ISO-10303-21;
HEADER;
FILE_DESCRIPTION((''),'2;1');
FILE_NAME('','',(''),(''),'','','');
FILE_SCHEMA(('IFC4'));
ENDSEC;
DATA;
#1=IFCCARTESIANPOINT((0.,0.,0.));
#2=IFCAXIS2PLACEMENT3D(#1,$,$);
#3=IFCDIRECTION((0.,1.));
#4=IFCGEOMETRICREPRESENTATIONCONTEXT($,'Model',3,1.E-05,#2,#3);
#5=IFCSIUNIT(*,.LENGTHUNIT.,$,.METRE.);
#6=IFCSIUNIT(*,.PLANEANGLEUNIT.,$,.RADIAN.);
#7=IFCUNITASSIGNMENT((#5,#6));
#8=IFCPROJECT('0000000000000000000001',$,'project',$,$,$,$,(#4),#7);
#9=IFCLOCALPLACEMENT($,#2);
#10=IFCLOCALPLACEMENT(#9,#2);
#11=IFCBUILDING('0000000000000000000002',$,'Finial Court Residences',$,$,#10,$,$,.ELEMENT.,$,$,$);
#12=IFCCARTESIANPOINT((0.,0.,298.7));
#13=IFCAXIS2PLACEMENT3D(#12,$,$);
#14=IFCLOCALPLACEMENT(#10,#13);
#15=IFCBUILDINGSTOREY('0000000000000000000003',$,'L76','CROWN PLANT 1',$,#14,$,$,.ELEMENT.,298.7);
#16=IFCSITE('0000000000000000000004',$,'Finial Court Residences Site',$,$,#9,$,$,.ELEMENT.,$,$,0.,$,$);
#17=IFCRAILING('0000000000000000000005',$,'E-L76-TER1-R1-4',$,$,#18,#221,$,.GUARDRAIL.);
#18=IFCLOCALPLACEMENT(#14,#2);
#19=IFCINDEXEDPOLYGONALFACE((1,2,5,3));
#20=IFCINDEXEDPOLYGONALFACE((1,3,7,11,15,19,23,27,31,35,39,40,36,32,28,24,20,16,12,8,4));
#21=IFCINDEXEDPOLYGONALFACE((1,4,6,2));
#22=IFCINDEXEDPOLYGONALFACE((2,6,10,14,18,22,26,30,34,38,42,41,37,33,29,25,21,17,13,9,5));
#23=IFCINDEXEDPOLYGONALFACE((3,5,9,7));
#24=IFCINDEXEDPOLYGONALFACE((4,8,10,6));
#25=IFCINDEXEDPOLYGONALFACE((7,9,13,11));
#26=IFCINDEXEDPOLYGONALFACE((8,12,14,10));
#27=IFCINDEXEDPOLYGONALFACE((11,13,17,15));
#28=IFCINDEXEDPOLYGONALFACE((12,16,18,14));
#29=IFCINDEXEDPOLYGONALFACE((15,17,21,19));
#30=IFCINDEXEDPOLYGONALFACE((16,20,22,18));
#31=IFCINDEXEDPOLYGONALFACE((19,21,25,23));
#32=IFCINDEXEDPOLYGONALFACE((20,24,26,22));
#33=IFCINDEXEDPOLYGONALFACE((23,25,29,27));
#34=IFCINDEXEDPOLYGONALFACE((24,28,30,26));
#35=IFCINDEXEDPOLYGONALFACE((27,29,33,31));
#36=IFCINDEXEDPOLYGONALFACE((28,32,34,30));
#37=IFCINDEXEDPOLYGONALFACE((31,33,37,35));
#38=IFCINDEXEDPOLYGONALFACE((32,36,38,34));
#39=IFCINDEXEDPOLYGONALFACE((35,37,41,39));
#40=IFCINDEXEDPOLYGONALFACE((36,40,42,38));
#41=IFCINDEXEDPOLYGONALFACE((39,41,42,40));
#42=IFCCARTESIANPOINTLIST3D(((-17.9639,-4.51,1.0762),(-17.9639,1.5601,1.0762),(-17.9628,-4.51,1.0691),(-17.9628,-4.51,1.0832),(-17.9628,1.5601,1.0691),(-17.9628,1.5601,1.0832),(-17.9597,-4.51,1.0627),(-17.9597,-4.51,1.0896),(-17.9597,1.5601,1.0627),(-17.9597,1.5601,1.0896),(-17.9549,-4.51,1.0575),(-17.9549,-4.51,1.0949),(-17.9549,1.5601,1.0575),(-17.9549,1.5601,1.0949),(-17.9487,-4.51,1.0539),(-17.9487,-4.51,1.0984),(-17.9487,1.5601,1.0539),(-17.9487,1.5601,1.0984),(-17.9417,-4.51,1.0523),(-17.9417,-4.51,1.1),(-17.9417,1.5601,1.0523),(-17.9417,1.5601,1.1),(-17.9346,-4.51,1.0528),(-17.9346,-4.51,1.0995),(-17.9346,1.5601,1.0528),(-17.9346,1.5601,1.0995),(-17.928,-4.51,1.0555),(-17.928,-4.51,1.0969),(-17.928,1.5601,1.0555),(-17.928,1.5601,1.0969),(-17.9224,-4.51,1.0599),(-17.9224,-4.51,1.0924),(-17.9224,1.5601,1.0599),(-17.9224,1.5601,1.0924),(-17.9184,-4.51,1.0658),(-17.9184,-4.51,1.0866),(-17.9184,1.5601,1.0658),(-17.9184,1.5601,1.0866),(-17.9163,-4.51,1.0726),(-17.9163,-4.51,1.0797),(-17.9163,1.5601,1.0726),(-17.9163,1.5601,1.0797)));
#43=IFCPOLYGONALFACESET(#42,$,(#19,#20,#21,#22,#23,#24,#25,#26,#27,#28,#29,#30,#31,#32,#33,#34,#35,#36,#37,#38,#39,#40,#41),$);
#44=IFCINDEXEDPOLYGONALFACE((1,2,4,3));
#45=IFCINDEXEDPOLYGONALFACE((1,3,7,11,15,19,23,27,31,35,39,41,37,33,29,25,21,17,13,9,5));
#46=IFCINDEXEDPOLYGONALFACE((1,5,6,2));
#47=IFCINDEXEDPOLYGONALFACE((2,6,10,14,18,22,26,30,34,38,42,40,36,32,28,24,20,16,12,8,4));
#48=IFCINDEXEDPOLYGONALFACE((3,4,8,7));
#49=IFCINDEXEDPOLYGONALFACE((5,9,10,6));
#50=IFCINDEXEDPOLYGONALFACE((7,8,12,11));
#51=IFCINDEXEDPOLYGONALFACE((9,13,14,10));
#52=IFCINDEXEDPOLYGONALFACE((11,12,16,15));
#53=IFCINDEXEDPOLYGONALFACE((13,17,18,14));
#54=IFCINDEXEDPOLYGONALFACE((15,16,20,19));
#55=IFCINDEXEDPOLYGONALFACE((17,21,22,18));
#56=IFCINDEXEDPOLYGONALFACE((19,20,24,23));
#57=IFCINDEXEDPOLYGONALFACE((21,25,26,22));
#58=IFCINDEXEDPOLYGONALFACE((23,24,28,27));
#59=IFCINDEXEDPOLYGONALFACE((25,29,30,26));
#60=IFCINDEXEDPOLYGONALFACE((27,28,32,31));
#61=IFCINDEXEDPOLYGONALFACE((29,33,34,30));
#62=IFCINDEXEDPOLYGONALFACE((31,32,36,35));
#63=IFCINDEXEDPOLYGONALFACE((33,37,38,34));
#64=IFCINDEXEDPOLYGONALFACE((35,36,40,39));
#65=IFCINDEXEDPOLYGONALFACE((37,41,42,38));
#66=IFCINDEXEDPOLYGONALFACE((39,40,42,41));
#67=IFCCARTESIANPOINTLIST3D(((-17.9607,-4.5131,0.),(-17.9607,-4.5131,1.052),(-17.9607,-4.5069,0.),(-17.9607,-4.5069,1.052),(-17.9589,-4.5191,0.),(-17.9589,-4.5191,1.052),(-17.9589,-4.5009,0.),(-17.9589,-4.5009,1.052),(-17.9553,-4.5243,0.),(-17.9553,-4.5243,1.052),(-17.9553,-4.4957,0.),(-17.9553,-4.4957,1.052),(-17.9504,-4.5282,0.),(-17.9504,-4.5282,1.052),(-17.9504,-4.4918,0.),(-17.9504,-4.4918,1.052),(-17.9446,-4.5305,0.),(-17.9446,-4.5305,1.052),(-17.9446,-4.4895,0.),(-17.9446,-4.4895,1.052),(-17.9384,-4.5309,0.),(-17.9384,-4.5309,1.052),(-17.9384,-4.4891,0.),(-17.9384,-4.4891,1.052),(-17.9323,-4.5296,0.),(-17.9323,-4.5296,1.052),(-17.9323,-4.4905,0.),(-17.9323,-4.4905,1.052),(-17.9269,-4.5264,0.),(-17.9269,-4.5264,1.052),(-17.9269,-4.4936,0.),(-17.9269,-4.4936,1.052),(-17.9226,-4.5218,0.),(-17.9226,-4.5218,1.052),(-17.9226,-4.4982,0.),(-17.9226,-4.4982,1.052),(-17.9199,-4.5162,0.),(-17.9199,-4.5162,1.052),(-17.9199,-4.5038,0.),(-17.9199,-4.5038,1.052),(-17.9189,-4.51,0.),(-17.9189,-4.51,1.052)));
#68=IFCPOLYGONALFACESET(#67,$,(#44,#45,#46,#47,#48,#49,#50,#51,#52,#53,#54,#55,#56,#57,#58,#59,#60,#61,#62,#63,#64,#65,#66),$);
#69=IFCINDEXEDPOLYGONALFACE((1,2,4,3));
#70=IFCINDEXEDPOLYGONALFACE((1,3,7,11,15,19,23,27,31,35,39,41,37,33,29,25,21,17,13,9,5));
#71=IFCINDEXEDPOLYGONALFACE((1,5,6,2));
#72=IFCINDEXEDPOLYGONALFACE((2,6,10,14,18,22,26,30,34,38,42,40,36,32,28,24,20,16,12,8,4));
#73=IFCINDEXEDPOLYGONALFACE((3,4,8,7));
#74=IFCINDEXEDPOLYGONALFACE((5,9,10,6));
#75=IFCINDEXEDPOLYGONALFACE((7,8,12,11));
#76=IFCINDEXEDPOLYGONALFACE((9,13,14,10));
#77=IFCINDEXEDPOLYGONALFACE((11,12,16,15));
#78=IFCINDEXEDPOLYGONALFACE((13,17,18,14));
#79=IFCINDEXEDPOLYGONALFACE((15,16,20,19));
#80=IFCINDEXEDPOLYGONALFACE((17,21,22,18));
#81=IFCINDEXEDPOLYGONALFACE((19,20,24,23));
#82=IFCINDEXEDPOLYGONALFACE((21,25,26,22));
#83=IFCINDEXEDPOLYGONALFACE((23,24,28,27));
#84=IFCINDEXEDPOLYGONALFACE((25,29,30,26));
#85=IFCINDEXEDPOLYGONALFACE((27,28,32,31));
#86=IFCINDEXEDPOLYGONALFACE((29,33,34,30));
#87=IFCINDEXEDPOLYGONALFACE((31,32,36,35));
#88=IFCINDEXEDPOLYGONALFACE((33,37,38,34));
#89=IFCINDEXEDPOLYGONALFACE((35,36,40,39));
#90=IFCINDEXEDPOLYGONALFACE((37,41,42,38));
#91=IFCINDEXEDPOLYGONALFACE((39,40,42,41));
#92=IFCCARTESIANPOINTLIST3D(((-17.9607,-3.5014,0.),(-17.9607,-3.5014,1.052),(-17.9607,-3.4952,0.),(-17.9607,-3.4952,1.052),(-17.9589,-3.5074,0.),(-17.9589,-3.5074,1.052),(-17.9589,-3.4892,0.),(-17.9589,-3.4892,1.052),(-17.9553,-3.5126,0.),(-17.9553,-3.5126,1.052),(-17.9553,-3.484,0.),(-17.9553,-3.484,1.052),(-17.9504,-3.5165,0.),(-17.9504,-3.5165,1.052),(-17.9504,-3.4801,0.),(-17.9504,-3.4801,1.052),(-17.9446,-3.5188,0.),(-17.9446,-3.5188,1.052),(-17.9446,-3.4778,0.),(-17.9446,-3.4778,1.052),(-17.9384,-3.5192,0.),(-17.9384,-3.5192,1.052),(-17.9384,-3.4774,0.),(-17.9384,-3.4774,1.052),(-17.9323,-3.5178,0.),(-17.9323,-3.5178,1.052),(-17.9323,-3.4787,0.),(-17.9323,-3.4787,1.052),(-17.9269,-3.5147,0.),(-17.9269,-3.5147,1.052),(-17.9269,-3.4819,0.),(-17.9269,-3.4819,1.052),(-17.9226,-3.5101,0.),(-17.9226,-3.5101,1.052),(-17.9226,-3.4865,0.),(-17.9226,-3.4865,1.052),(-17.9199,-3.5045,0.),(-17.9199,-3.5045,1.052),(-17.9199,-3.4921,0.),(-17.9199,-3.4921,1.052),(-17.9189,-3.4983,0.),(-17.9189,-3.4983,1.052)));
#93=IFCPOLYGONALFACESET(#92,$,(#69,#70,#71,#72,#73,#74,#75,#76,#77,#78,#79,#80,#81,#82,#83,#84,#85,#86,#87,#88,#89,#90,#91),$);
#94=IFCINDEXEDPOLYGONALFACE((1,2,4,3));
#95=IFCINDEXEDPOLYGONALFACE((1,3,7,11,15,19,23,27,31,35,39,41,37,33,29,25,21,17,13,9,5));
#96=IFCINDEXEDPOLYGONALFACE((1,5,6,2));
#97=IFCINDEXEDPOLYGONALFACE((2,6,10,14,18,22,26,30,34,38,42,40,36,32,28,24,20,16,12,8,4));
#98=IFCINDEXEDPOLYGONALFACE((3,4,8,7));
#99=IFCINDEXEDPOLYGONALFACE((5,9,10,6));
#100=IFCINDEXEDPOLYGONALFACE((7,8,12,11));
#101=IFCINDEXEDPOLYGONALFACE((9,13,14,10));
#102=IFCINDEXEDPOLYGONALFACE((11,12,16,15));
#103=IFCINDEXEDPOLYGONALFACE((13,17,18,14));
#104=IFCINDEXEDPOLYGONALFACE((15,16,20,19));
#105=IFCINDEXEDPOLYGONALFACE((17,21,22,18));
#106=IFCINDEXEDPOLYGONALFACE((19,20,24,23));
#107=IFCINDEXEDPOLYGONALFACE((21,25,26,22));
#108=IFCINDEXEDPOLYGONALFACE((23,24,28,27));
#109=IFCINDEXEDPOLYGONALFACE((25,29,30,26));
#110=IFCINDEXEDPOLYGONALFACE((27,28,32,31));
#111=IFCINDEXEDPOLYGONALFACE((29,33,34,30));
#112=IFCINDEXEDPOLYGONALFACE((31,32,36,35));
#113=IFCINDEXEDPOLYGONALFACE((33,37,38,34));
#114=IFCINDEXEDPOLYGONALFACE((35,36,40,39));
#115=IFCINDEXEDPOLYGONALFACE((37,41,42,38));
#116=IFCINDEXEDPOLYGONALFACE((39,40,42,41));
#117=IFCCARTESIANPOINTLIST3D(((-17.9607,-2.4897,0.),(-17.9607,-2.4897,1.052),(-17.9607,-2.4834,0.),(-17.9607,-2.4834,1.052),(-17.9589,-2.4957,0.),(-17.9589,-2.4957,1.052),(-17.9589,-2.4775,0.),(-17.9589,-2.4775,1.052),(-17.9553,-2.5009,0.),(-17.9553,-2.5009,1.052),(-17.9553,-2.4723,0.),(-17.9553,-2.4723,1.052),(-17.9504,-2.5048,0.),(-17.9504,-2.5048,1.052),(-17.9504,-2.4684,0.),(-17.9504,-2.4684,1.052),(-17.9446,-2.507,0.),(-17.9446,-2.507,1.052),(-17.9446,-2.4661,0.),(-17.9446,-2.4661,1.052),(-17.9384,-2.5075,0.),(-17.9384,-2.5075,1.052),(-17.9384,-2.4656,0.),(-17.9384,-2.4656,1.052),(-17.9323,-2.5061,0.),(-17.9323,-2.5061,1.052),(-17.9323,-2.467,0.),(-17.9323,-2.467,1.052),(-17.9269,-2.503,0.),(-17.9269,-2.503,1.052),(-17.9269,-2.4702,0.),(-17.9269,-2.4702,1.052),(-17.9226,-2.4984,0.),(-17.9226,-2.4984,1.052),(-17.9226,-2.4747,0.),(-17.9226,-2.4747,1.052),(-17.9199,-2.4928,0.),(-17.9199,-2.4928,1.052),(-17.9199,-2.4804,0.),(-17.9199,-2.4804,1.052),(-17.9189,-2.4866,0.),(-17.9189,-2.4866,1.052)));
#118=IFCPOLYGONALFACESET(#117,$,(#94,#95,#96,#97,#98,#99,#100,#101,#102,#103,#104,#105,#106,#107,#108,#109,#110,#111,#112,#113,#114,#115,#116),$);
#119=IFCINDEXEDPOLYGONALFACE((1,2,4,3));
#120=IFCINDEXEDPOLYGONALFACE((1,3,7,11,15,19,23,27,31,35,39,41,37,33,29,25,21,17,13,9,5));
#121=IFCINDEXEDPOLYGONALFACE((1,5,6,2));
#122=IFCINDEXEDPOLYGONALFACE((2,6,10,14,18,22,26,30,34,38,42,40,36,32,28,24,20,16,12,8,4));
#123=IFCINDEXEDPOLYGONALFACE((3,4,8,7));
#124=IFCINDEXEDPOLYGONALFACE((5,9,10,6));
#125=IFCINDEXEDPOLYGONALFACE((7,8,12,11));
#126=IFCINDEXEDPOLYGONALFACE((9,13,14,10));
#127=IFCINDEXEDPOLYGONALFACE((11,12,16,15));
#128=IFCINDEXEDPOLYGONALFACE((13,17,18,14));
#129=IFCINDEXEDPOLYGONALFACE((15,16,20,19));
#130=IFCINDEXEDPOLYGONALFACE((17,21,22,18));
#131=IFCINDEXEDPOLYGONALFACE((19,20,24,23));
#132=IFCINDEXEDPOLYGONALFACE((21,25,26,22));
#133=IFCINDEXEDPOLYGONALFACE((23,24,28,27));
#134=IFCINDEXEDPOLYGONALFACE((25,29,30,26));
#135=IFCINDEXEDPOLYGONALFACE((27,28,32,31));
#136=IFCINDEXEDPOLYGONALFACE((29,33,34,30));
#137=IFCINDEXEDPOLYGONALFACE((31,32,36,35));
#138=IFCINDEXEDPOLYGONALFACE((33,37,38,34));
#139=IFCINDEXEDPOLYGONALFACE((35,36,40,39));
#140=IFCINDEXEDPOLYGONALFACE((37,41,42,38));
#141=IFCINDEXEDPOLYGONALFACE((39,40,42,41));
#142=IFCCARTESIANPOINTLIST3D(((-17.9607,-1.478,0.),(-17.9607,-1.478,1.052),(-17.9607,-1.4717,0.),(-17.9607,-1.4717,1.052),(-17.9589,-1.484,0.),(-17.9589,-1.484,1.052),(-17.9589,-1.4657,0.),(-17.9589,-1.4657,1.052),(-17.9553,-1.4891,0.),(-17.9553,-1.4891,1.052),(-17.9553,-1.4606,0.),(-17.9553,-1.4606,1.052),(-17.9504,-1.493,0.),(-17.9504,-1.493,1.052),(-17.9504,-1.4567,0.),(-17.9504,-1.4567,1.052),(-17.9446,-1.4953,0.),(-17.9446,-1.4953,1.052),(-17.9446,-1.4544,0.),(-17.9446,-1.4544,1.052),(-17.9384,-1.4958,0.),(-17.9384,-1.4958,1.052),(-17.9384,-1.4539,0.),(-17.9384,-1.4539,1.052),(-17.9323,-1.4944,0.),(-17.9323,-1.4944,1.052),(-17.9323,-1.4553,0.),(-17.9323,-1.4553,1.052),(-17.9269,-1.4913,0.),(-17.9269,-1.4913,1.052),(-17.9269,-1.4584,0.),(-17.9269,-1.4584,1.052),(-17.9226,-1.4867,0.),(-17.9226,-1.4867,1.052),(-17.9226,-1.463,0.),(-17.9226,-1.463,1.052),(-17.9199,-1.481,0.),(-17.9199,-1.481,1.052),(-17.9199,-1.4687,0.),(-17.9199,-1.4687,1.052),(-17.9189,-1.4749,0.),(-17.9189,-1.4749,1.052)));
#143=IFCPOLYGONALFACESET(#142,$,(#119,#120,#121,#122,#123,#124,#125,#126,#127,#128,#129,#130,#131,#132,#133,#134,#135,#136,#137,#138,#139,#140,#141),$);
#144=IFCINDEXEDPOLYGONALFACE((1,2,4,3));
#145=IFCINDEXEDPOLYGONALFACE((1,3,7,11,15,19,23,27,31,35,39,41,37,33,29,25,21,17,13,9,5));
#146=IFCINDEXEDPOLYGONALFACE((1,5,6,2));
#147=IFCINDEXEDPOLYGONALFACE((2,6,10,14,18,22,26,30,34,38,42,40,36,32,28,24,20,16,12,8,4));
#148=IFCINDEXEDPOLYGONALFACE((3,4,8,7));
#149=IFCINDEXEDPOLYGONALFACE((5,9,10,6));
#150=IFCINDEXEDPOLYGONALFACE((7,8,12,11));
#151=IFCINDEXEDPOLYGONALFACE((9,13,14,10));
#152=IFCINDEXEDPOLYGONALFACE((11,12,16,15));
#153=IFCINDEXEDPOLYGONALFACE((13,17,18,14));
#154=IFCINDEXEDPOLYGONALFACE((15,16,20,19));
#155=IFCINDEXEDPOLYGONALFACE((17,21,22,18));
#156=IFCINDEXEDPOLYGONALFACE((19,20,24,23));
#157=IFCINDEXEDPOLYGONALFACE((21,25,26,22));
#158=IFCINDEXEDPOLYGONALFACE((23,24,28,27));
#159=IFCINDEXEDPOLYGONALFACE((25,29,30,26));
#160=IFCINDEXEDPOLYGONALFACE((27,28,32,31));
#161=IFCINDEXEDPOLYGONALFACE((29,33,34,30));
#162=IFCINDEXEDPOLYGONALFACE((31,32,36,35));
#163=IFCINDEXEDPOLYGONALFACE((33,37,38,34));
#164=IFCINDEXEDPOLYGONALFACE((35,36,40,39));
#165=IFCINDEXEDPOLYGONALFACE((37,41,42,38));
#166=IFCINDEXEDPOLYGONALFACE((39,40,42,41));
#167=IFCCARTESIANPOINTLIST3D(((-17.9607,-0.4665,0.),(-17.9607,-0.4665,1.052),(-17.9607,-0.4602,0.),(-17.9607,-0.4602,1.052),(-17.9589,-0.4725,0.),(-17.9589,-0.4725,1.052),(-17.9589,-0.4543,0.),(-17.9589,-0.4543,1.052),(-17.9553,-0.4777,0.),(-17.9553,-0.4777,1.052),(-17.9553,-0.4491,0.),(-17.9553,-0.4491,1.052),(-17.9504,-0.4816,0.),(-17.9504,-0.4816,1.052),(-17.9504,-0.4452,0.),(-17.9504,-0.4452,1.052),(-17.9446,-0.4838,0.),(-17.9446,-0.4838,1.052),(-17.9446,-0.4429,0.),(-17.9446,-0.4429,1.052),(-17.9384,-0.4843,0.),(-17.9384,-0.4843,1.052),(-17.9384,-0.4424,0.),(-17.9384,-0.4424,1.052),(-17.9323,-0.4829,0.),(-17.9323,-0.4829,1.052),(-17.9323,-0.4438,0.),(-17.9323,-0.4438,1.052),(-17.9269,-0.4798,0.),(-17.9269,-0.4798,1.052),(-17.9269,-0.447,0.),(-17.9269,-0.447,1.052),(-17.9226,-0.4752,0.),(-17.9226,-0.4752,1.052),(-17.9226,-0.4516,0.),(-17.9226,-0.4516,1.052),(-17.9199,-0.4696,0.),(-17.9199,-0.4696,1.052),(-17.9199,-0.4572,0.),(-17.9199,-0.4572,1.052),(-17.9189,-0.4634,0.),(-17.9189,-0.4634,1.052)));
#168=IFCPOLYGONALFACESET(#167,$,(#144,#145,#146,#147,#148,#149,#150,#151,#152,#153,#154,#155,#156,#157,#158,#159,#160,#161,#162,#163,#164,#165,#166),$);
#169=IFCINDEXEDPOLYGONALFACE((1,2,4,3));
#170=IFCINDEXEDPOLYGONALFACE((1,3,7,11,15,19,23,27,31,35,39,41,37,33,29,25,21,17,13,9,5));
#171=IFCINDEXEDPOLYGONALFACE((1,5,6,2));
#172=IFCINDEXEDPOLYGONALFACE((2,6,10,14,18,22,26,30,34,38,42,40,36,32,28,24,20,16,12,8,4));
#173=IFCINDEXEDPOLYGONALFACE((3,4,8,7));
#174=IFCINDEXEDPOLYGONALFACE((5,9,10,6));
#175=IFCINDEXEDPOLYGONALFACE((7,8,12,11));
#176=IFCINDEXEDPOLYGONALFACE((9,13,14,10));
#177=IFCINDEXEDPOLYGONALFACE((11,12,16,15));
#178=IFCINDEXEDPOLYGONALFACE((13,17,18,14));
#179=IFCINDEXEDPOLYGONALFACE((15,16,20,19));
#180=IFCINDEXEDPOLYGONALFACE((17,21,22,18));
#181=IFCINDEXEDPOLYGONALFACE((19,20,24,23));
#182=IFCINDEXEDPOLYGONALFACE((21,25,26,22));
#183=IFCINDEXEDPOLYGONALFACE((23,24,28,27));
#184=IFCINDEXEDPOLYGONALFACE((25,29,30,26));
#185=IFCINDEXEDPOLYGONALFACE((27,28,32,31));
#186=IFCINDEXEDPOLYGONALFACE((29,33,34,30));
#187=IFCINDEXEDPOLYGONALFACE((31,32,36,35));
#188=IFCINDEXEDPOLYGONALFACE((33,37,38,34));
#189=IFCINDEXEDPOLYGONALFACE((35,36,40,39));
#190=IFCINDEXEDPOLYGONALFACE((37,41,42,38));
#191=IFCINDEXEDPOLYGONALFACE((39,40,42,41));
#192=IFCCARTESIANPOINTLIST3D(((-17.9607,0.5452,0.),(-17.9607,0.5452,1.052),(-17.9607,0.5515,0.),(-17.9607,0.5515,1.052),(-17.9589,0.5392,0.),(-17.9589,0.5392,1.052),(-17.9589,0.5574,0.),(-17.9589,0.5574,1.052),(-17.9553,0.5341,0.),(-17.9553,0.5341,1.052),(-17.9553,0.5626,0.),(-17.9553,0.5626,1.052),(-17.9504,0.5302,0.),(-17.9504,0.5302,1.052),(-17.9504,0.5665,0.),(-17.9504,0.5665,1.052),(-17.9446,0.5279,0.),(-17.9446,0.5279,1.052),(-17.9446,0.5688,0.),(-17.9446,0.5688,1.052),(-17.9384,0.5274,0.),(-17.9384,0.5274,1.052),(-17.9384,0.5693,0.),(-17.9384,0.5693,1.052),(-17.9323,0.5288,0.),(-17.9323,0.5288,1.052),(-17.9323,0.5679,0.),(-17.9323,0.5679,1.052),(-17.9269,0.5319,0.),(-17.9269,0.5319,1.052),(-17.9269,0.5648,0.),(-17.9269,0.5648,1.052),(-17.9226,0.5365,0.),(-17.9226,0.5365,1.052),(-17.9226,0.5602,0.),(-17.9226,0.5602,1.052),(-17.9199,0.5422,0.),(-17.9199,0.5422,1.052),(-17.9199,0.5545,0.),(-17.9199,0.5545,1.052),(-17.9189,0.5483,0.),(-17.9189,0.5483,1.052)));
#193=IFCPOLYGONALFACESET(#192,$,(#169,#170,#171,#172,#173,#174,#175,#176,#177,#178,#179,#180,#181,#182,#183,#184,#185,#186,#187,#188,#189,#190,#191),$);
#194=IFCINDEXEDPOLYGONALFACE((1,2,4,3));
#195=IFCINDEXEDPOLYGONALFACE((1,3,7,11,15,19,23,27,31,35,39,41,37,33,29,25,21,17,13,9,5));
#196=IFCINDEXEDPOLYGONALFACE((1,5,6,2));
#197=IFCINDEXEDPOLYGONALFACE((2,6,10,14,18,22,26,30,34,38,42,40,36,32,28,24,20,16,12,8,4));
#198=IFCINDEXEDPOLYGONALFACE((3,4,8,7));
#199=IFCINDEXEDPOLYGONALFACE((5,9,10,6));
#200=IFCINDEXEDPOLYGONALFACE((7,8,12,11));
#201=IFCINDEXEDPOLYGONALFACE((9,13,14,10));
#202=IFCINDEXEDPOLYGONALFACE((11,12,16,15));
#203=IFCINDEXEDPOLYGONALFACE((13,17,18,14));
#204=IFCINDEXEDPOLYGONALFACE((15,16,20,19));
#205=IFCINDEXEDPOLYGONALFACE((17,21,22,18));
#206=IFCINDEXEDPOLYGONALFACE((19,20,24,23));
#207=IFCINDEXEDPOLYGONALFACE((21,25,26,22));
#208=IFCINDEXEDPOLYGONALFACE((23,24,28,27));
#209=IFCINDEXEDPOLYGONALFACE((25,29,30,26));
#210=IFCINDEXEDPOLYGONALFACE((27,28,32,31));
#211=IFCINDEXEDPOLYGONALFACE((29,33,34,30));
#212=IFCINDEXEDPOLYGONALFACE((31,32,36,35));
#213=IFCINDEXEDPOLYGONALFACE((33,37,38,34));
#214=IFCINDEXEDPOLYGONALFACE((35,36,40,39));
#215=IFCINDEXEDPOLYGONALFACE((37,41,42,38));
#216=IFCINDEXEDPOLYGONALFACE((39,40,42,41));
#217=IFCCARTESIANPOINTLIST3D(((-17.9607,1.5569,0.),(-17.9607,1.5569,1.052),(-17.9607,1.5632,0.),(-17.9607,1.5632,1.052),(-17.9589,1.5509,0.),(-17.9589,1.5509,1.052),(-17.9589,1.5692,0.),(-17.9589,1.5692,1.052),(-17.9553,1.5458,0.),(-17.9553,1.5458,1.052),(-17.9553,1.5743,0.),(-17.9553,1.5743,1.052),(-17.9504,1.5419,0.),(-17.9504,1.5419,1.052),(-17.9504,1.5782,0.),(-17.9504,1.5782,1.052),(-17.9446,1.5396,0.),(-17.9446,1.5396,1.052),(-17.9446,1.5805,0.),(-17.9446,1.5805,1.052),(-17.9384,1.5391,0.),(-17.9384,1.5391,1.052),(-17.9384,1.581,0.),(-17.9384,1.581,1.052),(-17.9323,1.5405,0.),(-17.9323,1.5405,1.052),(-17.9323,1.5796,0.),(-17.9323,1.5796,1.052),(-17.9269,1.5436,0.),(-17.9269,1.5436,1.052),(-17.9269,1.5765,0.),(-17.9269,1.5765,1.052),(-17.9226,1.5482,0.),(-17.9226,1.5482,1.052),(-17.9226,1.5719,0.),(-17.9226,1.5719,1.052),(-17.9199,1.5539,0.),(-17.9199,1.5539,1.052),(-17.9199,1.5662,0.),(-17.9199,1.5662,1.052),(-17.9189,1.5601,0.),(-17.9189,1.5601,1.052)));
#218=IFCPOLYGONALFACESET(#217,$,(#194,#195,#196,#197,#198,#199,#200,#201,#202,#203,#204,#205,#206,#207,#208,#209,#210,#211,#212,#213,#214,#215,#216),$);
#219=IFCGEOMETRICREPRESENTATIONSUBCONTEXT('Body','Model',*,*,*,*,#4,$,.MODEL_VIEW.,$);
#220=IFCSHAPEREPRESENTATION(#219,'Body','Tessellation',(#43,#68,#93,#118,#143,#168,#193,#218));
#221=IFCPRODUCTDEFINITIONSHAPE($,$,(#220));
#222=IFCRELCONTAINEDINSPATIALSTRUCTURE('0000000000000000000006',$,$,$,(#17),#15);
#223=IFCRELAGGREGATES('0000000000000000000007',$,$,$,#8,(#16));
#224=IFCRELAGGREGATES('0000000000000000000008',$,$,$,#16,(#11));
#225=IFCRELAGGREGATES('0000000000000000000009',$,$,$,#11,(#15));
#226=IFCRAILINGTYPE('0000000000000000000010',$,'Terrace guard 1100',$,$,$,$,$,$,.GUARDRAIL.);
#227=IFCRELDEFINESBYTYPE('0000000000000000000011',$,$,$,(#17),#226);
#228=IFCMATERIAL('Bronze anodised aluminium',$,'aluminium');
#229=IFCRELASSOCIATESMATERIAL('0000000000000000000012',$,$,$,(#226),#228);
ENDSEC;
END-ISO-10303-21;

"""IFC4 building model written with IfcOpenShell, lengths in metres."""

from ifc_helpers import new_model, si_unit, direction, frame, origin, origin_2d, place, context, subcontext, project, spatial, circle, extrude, material, type_object, element, save


model = new_model("IFC4")

# Units and contexts
model_context = context("Model", 3, precision=1e-05, world=origin(), true_north=direction((0.0, 1.0)))
body_context = subcontext(model_context, "Body", "Model", "MODEL_VIEW")
ifc_project = project(units=[si_unit("LENGTHUNIT", "METRE"), si_unit("PLANEANGLEUNIT", "RADIAN")], contexts=[model_context])

# Site, building, storey
site_placement = place(None, origin())
site = spatial("IfcSite", under=ifc_project, at=site_placement, Name="Finial Court Residences Site", CompositionType="ELEMENT", RefElevation=0.0)
building_placement = place(site_placement, origin())
building = spatial("IfcBuilding", under=site, at=building_placement, Name="Finial Court Residences", CompositionType="ELEMENT")
storey_placement = place(building_placement, frame((0.0, 0.0, 298.7)))
storey = spatial("IfcBuildingStorey", under=building, at=storey_placement, Name="L76", Description="CROWN PLANT 1", CompositionType="ELEMENT", Elevation=298.7)

# Shared definitions
ifc_material_1 = material(Name="Bronze anodised aluminium", Category="aluminium")

# Railing
railing_type = type_object("IfcRailingType", Name="Terrace guard 1100", PredefinedType="GUARDRAIL", material=ifc_material_1)
railing_1_placement = place(storey_placement, frame((-17.9399, -4.51, 0.0)))
element("IfcRailing", 1, at=railing_1_placement, inside=storey, type_object=railing_type, Name="E-L76-TER1-R1-4", PredefinedType="GUARDRAIL", context=body_context, shape_type="SweptSolid", body=[
    extrude(circle(Radius=0.0239, at=origin_2d()), frame((0.0, 0.0, 1.0762), z_axis=(0.0, 1.0, 0.0), x_axis=(-1.0, 0.0, 0.0)), (0.0, 0.0, 1.0), 6.0701),
    extrude(circle(Radius=0.021, at=origin_2d()), origin(), (0.0, 0.0, 1.0), 1.052),
    extrude(circle(Radius=0.021, at=origin_2d()), frame((0.0, 1.0117, 0.0)), (0.0, 0.0, 1.0), 1.052),
    extrude(circle(Radius=0.021, at=origin_2d()), frame((0.0, 2.0234, 0.0)), (0.0, 0.0, 1.0), 1.052),
    extrude(circle(Radius=0.021, at=origin_2d()), frame((0.0, 3.0352, 0.0)), (0.0, 0.0, 1.0), 1.052),
    extrude(circle(Radius=0.021, at=origin_2d()), frame((0.0, 4.0466, 0.0)), (0.0, 0.0, 1.0), 1.052),
    extrude(circle(Radius=0.021, at=origin_2d()), frame((0.0, 5.0583, 0.0)), (0.0, 0.0, 1.0), 1.052),
    extrude(circle(Radius=0.021, at=origin_2d()), frame((0.0, 6.0701, 0.0)), (0.0, 0.0, 1.0), 1.052),
])

save(model, "model.ifc")
